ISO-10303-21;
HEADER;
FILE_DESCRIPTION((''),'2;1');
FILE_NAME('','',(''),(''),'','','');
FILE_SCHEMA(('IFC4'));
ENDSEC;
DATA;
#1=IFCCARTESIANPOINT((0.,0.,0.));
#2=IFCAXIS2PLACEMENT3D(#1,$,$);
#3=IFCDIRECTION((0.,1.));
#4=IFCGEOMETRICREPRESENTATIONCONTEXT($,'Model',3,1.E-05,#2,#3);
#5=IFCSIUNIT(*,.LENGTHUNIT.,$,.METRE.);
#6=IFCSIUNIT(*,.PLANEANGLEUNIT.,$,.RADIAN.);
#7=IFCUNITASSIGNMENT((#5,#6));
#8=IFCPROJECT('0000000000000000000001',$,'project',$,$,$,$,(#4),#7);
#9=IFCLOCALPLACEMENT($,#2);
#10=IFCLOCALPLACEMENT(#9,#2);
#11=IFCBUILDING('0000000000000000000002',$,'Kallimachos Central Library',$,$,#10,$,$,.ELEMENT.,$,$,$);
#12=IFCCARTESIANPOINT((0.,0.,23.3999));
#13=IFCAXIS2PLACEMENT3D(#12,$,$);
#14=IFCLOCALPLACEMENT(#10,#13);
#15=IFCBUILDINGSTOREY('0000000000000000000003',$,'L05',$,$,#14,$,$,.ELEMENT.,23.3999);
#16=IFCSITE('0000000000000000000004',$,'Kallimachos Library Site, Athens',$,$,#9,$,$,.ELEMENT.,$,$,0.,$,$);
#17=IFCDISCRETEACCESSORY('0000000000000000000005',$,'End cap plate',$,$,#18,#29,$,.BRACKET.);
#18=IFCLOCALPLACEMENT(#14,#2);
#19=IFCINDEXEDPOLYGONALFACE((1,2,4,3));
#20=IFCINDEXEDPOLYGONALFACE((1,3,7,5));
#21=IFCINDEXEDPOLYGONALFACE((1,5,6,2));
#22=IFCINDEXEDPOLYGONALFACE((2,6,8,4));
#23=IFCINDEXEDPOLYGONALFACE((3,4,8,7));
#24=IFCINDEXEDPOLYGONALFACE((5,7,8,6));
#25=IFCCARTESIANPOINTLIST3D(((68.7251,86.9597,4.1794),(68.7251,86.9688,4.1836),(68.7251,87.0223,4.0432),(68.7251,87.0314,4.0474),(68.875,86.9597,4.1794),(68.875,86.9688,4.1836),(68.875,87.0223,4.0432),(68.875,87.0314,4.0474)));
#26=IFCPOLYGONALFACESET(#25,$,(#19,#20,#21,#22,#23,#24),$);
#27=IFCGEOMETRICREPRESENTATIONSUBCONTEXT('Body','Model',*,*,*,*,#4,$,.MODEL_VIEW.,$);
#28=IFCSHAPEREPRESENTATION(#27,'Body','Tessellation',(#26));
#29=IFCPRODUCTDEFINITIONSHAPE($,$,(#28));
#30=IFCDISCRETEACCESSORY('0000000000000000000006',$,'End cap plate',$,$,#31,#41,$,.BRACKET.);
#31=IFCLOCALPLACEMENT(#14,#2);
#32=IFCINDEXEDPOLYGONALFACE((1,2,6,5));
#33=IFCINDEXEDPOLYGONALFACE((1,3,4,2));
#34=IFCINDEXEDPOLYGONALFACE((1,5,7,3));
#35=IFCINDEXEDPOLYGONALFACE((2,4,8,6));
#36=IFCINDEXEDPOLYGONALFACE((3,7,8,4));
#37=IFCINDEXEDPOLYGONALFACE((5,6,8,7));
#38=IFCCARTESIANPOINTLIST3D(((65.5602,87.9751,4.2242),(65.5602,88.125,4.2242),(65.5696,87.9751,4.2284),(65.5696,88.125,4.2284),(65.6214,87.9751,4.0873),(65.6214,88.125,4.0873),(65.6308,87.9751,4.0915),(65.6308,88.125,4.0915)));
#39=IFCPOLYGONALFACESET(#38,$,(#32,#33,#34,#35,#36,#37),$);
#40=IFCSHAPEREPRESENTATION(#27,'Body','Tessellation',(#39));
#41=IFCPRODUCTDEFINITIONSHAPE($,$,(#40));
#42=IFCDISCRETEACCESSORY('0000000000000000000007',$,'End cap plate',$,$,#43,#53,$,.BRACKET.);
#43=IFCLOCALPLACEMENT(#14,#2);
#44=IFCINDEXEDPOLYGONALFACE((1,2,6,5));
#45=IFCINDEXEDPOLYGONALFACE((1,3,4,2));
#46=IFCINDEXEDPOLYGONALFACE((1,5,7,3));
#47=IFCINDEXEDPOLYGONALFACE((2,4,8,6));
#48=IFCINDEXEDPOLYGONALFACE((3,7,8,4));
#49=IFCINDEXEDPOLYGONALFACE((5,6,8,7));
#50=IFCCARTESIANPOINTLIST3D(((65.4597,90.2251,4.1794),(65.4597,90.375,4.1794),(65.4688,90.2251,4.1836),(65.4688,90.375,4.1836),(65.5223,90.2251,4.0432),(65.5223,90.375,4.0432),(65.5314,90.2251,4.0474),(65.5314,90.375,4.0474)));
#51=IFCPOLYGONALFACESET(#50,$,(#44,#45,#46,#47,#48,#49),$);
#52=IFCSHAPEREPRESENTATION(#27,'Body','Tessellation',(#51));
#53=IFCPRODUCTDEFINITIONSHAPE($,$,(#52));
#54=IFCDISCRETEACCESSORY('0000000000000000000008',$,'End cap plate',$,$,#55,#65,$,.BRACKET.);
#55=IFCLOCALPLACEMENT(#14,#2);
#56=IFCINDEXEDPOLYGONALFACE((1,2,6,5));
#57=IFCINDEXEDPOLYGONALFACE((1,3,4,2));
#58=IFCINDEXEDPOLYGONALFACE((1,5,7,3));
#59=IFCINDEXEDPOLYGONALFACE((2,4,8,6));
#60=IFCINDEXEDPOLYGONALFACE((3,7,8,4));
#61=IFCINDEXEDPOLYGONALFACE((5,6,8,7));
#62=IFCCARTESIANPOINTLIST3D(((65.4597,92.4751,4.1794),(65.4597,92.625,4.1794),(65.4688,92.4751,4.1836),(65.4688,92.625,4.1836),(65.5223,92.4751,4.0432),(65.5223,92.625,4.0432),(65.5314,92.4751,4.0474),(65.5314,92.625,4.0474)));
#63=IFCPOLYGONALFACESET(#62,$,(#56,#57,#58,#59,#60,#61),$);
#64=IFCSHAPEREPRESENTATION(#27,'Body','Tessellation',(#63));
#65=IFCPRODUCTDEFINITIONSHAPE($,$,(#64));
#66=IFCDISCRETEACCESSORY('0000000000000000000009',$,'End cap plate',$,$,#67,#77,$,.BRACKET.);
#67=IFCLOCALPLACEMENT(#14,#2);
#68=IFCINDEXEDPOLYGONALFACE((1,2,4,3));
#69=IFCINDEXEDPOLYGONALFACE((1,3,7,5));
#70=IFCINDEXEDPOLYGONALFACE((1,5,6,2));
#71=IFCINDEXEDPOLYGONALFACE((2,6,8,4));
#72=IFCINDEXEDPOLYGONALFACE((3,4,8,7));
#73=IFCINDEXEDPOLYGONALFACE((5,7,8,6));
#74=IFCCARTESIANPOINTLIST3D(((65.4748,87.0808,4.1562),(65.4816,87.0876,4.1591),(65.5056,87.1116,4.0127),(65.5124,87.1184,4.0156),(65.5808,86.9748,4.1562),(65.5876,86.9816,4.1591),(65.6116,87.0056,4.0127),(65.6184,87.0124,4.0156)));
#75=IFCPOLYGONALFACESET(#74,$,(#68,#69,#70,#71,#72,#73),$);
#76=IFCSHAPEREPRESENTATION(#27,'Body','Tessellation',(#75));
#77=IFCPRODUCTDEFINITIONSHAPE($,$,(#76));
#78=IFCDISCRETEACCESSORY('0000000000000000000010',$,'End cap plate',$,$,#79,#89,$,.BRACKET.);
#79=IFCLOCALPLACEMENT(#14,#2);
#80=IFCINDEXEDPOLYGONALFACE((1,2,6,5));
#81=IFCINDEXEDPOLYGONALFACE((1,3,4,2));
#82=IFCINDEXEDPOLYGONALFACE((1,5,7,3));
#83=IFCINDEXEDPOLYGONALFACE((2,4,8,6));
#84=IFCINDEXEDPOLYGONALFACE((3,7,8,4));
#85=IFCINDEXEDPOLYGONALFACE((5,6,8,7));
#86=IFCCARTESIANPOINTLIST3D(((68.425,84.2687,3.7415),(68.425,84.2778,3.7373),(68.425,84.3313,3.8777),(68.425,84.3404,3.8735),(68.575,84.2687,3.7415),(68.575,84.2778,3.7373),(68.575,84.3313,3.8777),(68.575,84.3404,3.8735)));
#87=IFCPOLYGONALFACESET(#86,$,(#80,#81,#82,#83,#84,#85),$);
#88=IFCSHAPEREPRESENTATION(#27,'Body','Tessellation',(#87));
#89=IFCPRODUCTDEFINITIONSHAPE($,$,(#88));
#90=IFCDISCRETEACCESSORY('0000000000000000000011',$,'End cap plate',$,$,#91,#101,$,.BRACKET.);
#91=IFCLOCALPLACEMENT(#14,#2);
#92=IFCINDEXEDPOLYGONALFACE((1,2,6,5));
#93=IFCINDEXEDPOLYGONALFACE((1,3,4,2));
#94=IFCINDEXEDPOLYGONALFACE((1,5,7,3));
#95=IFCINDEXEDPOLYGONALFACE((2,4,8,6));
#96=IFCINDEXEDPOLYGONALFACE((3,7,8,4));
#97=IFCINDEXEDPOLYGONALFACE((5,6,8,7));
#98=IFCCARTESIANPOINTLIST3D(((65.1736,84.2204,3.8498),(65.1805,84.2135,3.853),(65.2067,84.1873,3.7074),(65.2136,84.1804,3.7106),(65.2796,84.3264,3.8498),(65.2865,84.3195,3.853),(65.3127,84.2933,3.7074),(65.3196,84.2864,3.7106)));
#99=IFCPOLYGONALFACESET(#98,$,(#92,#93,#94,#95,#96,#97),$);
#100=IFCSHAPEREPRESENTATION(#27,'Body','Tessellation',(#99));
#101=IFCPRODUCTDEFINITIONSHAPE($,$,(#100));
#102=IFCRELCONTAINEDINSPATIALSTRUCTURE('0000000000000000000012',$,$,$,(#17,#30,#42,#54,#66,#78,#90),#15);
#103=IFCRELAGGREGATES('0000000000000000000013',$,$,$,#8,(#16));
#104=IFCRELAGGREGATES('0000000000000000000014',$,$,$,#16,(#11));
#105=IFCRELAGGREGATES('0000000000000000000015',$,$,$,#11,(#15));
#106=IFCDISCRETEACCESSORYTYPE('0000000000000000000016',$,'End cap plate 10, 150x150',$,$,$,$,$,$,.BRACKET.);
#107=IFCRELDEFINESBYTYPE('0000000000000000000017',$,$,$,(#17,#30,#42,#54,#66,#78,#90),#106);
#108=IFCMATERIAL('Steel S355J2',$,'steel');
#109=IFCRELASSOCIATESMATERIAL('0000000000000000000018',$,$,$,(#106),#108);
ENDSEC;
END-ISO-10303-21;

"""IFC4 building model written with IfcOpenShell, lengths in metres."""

from ifc_helpers import new_model, si_unit, direction, frame, origin, origin_2d, place, context, subcontext, project, spatial, rectangle, extrude, material, material_profile, profile_set, type_object, element, save


model = new_model("IFC4")

# Units and contexts
model_context = context("Model", 3, precision=1e-05, world=origin(), true_north=direction((0.0, 1.0)))
body_context = subcontext(model_context, "Body", "Model", "MODEL_VIEW")
ifc_project = project(units=[si_unit("LENGTHUNIT", "METRE"), si_unit("PLANEANGLEUNIT", "RADIAN")], contexts=[model_context])

# Site, building, storey
site_placement = place(None, origin())
site = spatial("IfcSite", under=ifc_project, at=site_placement, Name="Kallimachos Library Site, Athens", CompositionType="ELEMENT", RefElevation=0.0)
building_placement = place(site_placement, origin())
building = spatial("IfcBuilding", under=site, at=building_placement, Name="Kallimachos Central Library", CompositionType="ELEMENT")
storey_placement = place(building_placement, frame((0.0, 0.0, 23.3999)))
storey = spatial("IfcBuildingStorey", under=building, at=storey_placement, Name="L05", CompositionType="ELEMENT", Elevation=23.3999)

# Discrete accessories
ifc_material_1 = material(Name="Steel S355J2", Category="steel")
ifc_material_profile_1 = material_profile(ifc_material_1, rectangle(XDim=0.1499, YDim=0.1499, at=origin_2d()), Name="End cap plate 10, 150x150")
ifc_profile_set_1 = profile_set([ifc_material_profile_1], Name="Steel S355J2")
discrete_accessory_type = type_object("IfcDiscreteAccessoryType", Name="End cap plate 10, 150x150", PredefinedType="BRACKET", material=ifc_profile_set_1)
discrete_accessory_1_placement = place(storey_placement, frame((68.8, 86.991, 4.1113), z_axis=(0.0, 0.908677, 0.4175), x_axis=(-1.0, 0.0, 0.0)))
element("IfcDiscreteAccessory", 1, at=discrete_accessory_1_placement, inside=storey, type_object=discrete_accessory_type, Name="End cap plate", PredefinedType="BRACKET", context=body_context, shape_type="SweptSolid", body=[
    extrude(rectangle(XDim=0.1499, YDim=0.1499, at=origin_2d()), origin(), (0.0, 0.0, 1.0), 0.01),
])
discrete_accessory_2_placement = place(storey_placement, frame((65.5908, 88.05, 4.1558), z_axis=(0.912818, 0.0, 0.408366), x_axis=(0.0, 1.0, 0.0)))
element("IfcDiscreteAccessory", 2, at=discrete_accessory_2_placement, inside=storey, type_object=discrete_accessory_type, Name="End cap plate", PredefinedType="BRACKET", context=body_context, shape_type="SweptSolid", body=[
    extrude(rectangle(XDim=0.1499, YDim=0.1499, at=origin_2d()), origin(), (0.0, 0.0, 1.0), 0.0103),
])
for number, where, z_axis, x_axis, name in (
    (3, (65.491, 90.3, 4.1113), (0.908677, 0.0, 0.4175), (0.0, 1.0, 0.0), "End cap plate"),
    (4, (65.491, 92.55, 4.1113), (0.908677, 0.0, 0.4175), (0.0, 1.0, 0.0), "End cap plate"),
    (5, (65.5432, 87.0432, 4.0845), (0.676716, 0.676716, 0.290021), (-0.707107, 0.707107, 0.0), "End cap plate"),
    (6, (68.5, 84.3091, 3.8054), (0.0, -0.908677, 0.4175), (1.0, 0.0, 0.0), "End cap plate"),
):
    element("IfcDiscreteAccessory", number, at=place(storey_placement, frame(where, z_axis=z_axis, x_axis=x_axis)), inside=storey, type_object=discrete_accessory_type, Name=name, PredefinedType="BRACKET", context=body_context, shape_type="SweptSolid", body=[
        extrude(rectangle(XDim=0.1499, YDim=0.1499, at=origin_2d()), origin(), (0.0, 0.0, 1.0), 0.01),
    ])
discrete_accessory_3_placement = place(storey_placement, frame((65.2432, 84.2568, 3.7786), z_axis=(0.671828, -0.671828, 0.31192), x_axis=(0.707107, 0.707107, 0.0)))
element("IfcDiscreteAccessory", 7, at=discrete_accessory_3_placement, inside=storey, type_object=discrete_accessory_type, Name="End cap plate", PredefinedType="BRACKET", context=body_context, shape_type="SweptSolid", body=[
    extrude(rectangle(XDim=0.1499, YDim=0.1499, at=origin_2d()), origin(), (0.0, 0.0, 1.0), 0.0103),
])

save(model, "model.ifc")
